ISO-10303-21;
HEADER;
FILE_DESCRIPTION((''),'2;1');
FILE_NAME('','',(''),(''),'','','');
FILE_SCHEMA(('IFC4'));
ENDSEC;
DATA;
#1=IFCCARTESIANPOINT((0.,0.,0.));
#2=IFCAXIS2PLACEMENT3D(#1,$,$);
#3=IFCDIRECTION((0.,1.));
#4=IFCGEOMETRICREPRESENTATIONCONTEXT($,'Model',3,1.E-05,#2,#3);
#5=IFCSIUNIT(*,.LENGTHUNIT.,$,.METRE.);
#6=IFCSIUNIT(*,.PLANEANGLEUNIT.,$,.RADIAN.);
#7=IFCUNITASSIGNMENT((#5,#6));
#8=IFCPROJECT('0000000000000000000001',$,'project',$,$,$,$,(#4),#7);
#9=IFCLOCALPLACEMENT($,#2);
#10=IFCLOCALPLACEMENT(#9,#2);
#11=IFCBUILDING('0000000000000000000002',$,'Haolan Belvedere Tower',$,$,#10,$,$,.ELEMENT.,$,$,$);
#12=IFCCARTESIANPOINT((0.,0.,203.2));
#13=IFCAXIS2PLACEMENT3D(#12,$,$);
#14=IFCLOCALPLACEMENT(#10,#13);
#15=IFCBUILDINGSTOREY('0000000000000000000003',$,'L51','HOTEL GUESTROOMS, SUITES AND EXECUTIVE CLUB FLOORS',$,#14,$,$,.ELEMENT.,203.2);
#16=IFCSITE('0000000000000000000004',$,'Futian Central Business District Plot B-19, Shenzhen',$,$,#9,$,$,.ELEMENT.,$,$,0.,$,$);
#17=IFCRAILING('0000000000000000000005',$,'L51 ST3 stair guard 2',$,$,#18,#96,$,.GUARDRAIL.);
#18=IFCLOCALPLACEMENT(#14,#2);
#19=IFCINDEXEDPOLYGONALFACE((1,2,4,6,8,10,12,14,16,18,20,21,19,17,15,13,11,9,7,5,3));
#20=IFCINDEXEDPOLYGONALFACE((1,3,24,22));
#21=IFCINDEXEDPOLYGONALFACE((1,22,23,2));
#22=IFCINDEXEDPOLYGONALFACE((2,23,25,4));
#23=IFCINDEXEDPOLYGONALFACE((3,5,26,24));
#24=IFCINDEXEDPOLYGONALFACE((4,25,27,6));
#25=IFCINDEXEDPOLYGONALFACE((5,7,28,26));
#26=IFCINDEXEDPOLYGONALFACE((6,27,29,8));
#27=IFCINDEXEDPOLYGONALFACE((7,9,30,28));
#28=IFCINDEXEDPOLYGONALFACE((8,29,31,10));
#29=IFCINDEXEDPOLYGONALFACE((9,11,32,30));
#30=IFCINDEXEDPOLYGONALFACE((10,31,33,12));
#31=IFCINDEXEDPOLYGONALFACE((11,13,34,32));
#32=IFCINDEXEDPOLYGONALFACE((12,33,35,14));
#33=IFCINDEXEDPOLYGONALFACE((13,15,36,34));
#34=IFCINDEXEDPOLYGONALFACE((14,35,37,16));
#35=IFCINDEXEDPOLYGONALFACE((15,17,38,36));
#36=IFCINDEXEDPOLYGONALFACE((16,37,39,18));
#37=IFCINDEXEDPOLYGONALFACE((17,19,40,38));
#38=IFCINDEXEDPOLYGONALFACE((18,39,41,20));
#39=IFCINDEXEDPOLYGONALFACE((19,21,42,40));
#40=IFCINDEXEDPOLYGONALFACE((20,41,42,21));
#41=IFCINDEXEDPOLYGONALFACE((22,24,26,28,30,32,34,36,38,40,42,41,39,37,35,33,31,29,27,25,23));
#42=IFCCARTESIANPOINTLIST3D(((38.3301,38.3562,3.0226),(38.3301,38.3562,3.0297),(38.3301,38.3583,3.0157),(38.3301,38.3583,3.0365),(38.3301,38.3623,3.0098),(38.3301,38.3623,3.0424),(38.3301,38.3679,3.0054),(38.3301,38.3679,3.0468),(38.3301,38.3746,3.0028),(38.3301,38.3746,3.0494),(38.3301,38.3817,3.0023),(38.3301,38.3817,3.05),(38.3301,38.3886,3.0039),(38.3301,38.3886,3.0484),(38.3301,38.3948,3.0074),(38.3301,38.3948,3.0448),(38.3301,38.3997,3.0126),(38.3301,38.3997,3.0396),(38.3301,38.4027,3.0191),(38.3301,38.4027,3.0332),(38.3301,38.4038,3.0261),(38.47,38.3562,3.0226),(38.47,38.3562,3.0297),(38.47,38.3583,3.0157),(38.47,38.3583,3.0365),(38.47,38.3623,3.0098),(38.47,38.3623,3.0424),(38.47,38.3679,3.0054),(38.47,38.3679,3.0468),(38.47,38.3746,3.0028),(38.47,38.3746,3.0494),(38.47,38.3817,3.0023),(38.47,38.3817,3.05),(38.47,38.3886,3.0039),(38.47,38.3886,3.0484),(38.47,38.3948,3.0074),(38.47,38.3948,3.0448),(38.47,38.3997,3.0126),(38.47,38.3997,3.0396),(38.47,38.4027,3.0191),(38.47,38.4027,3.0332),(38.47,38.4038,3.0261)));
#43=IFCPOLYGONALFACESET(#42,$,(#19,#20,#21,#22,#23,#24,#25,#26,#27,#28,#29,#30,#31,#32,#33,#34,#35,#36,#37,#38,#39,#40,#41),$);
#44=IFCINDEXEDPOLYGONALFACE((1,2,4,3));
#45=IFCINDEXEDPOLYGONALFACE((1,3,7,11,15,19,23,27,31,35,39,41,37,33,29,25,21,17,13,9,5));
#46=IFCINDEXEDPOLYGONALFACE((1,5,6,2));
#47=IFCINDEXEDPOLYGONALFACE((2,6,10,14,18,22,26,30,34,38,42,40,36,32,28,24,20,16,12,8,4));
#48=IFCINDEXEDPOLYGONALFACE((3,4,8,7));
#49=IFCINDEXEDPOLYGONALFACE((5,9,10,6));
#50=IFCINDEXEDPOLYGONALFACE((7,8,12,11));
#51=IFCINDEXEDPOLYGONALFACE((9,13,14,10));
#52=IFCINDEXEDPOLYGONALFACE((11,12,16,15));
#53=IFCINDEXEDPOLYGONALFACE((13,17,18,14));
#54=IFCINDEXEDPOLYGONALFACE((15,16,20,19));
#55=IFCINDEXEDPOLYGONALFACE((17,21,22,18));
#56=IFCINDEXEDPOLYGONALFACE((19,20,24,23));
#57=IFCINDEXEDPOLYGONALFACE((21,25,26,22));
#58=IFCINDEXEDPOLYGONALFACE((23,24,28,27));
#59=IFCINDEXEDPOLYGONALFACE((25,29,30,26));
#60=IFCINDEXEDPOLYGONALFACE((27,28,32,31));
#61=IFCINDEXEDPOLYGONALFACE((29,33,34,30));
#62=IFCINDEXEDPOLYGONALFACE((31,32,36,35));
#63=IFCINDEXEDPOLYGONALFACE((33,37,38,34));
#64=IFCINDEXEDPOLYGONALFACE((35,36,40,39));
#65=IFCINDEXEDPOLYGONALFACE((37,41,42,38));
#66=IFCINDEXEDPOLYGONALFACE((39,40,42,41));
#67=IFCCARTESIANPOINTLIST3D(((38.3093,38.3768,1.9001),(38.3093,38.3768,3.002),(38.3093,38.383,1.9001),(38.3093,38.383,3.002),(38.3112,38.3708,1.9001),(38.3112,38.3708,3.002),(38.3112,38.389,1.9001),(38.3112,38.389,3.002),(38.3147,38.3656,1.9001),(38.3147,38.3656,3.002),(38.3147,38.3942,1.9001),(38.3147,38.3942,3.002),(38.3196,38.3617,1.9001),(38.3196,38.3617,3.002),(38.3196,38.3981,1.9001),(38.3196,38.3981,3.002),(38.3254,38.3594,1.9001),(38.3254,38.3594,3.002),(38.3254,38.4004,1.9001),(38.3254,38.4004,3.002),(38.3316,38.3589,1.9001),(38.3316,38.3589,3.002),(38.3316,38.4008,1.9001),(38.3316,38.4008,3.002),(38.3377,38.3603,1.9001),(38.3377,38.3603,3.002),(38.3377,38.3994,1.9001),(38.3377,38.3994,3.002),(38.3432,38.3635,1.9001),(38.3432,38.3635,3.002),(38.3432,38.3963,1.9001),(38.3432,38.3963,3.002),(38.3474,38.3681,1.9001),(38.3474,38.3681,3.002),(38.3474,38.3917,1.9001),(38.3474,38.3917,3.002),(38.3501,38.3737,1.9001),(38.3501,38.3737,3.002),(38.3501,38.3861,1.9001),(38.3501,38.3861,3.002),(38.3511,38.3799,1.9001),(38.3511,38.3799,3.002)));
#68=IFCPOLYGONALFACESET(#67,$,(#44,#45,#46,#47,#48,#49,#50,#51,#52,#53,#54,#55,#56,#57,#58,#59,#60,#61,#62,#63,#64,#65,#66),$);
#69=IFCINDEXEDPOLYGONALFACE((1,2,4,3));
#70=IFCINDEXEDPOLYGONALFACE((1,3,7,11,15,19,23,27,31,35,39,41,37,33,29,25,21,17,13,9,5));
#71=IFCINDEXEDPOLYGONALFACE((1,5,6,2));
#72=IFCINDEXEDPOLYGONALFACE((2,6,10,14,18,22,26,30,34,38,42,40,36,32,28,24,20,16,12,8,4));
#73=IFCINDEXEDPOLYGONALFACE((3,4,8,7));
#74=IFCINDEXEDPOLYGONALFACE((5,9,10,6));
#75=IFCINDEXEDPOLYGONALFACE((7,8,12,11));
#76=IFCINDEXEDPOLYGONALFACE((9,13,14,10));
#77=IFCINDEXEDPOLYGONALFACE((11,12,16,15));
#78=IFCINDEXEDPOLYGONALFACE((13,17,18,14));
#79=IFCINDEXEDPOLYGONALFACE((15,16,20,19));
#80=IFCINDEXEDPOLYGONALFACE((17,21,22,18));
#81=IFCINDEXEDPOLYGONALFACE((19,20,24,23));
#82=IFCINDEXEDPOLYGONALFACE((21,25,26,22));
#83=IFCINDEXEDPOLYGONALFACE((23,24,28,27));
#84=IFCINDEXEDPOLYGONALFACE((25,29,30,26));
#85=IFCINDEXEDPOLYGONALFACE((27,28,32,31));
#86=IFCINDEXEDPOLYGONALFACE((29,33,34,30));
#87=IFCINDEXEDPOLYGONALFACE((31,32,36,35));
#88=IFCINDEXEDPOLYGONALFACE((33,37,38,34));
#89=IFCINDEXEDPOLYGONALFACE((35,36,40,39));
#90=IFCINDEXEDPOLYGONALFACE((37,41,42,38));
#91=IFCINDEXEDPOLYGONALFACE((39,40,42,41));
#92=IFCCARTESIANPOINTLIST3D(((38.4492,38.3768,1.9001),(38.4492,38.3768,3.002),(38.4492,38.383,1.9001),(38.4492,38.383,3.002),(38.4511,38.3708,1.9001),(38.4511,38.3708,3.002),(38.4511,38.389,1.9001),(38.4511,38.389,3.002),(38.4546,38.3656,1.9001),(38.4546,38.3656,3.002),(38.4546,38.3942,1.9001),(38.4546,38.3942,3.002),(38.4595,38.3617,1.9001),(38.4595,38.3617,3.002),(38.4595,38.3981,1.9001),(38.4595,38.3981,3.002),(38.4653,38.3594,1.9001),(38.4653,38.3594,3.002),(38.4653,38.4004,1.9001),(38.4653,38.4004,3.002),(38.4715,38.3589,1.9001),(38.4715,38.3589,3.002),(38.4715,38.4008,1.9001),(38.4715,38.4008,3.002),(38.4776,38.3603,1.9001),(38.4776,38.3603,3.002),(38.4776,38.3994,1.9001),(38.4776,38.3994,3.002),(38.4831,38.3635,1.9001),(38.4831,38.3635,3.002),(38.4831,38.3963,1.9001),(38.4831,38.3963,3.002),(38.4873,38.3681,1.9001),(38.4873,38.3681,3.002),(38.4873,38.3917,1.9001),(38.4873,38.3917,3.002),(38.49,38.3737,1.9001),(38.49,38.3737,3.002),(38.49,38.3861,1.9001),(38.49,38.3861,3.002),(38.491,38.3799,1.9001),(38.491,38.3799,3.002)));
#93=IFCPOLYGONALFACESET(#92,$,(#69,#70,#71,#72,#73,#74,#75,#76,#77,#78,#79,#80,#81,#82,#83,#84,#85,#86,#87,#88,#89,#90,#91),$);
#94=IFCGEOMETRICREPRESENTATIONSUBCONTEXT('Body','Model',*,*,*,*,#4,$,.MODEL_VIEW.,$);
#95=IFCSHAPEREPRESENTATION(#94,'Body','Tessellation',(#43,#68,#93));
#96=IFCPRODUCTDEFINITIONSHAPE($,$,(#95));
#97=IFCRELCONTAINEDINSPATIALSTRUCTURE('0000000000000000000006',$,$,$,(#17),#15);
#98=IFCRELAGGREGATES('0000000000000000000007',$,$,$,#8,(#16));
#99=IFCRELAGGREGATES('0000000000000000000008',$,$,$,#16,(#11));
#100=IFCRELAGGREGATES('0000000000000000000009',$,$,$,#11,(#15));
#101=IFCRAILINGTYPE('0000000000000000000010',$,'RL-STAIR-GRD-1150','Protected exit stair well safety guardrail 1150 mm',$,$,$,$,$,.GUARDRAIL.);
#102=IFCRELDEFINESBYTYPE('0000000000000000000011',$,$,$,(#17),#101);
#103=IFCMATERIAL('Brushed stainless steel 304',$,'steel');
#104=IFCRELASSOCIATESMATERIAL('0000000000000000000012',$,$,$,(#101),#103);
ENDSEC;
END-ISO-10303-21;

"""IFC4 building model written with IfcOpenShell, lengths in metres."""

from ifc_helpers import new_model, si_unit, direction, frame, origin, origin_2d, place, context, subcontext, project, spatial, circle, extrude, material, type_object, element, save


model = new_model("IFC4")

# Units and contexts
model_context = context("Model", 3, precision=1e-05, world=origin(), true_north=direction((0.0, 1.0)))
body_context = subcontext(model_context, "Body", "Model", "MODEL_VIEW")
ifc_project = project(units=[si_unit("LENGTHUNIT", "METRE"), si_unit("PLANEANGLEUNIT", "RADIAN")], contexts=[model_context])

# Site, building, storey
site_placement = place(None, origin())
site = spatial("IfcSite", under=ifc_project, at=site_placement, Name="Futian Central Business District Plot B-19, Shenzhen", CompositionType="ELEMENT", RefElevation=0.0)
building_placement = place(site_placement, origin())
building = spatial("IfcBuilding", under=site, at=building_placement, Name="Haolan Belvedere Tower", CompositionType="ELEMENT")
storey_placement = place(building_placement, frame((0.0, 0.0, 203.2)))
storey = spatial("IfcBuildingStorey", under=building, at=storey_placement, Name="L51", Description="HOTEL GUESTROOMS, SUITES AND EXECUTIVE CLUB FLOORS", CompositionType="ELEMENT", Elevation=203.2)

# Railing
ifc_material_1 = material(Name="Brushed stainless steel 304", Category="steel")
railing_type_1 = type_object("IfcRailingType", Name="RL-STAIR-GRD-1150", Description="Protected exit stair well safety guardrail 1150 mm", PredefinedType="GUARDRAIL", material=ifc_material_1)
railing_1_placement = place(storey_placement, frame((38.3301, 38.3799, 1.9001)))
element("IfcRailing", 1, at=railing_1_placement, inside=storey, type_object=railing_type_1, Name="L51 ST3 stair guard 2", PredefinedType="GUARDRAIL", context=body_context, shape_type="SweptSolid", body=[
    extrude(circle(Radius=0.0239, at=origin_2d()), frame((0.0, 0.0, 1.126), z_axis=(1.0, 0.0, 0.0), x_axis=(0.0, 1.0, 0.0)), (0.0, 0.0, 1.0), 0.1399),
    extrude(circle(Radius=0.021, at=origin_2d()), origin(), (0.0, 0.0, 1.0), 1.1018),
    extrude(circle(Radius=0.021, at=origin_2d()), frame((0.1399, 0.0, 0.0)), (0.0, 0.0, 1.0), 1.1018),
])

save(model, "model.ifc")
